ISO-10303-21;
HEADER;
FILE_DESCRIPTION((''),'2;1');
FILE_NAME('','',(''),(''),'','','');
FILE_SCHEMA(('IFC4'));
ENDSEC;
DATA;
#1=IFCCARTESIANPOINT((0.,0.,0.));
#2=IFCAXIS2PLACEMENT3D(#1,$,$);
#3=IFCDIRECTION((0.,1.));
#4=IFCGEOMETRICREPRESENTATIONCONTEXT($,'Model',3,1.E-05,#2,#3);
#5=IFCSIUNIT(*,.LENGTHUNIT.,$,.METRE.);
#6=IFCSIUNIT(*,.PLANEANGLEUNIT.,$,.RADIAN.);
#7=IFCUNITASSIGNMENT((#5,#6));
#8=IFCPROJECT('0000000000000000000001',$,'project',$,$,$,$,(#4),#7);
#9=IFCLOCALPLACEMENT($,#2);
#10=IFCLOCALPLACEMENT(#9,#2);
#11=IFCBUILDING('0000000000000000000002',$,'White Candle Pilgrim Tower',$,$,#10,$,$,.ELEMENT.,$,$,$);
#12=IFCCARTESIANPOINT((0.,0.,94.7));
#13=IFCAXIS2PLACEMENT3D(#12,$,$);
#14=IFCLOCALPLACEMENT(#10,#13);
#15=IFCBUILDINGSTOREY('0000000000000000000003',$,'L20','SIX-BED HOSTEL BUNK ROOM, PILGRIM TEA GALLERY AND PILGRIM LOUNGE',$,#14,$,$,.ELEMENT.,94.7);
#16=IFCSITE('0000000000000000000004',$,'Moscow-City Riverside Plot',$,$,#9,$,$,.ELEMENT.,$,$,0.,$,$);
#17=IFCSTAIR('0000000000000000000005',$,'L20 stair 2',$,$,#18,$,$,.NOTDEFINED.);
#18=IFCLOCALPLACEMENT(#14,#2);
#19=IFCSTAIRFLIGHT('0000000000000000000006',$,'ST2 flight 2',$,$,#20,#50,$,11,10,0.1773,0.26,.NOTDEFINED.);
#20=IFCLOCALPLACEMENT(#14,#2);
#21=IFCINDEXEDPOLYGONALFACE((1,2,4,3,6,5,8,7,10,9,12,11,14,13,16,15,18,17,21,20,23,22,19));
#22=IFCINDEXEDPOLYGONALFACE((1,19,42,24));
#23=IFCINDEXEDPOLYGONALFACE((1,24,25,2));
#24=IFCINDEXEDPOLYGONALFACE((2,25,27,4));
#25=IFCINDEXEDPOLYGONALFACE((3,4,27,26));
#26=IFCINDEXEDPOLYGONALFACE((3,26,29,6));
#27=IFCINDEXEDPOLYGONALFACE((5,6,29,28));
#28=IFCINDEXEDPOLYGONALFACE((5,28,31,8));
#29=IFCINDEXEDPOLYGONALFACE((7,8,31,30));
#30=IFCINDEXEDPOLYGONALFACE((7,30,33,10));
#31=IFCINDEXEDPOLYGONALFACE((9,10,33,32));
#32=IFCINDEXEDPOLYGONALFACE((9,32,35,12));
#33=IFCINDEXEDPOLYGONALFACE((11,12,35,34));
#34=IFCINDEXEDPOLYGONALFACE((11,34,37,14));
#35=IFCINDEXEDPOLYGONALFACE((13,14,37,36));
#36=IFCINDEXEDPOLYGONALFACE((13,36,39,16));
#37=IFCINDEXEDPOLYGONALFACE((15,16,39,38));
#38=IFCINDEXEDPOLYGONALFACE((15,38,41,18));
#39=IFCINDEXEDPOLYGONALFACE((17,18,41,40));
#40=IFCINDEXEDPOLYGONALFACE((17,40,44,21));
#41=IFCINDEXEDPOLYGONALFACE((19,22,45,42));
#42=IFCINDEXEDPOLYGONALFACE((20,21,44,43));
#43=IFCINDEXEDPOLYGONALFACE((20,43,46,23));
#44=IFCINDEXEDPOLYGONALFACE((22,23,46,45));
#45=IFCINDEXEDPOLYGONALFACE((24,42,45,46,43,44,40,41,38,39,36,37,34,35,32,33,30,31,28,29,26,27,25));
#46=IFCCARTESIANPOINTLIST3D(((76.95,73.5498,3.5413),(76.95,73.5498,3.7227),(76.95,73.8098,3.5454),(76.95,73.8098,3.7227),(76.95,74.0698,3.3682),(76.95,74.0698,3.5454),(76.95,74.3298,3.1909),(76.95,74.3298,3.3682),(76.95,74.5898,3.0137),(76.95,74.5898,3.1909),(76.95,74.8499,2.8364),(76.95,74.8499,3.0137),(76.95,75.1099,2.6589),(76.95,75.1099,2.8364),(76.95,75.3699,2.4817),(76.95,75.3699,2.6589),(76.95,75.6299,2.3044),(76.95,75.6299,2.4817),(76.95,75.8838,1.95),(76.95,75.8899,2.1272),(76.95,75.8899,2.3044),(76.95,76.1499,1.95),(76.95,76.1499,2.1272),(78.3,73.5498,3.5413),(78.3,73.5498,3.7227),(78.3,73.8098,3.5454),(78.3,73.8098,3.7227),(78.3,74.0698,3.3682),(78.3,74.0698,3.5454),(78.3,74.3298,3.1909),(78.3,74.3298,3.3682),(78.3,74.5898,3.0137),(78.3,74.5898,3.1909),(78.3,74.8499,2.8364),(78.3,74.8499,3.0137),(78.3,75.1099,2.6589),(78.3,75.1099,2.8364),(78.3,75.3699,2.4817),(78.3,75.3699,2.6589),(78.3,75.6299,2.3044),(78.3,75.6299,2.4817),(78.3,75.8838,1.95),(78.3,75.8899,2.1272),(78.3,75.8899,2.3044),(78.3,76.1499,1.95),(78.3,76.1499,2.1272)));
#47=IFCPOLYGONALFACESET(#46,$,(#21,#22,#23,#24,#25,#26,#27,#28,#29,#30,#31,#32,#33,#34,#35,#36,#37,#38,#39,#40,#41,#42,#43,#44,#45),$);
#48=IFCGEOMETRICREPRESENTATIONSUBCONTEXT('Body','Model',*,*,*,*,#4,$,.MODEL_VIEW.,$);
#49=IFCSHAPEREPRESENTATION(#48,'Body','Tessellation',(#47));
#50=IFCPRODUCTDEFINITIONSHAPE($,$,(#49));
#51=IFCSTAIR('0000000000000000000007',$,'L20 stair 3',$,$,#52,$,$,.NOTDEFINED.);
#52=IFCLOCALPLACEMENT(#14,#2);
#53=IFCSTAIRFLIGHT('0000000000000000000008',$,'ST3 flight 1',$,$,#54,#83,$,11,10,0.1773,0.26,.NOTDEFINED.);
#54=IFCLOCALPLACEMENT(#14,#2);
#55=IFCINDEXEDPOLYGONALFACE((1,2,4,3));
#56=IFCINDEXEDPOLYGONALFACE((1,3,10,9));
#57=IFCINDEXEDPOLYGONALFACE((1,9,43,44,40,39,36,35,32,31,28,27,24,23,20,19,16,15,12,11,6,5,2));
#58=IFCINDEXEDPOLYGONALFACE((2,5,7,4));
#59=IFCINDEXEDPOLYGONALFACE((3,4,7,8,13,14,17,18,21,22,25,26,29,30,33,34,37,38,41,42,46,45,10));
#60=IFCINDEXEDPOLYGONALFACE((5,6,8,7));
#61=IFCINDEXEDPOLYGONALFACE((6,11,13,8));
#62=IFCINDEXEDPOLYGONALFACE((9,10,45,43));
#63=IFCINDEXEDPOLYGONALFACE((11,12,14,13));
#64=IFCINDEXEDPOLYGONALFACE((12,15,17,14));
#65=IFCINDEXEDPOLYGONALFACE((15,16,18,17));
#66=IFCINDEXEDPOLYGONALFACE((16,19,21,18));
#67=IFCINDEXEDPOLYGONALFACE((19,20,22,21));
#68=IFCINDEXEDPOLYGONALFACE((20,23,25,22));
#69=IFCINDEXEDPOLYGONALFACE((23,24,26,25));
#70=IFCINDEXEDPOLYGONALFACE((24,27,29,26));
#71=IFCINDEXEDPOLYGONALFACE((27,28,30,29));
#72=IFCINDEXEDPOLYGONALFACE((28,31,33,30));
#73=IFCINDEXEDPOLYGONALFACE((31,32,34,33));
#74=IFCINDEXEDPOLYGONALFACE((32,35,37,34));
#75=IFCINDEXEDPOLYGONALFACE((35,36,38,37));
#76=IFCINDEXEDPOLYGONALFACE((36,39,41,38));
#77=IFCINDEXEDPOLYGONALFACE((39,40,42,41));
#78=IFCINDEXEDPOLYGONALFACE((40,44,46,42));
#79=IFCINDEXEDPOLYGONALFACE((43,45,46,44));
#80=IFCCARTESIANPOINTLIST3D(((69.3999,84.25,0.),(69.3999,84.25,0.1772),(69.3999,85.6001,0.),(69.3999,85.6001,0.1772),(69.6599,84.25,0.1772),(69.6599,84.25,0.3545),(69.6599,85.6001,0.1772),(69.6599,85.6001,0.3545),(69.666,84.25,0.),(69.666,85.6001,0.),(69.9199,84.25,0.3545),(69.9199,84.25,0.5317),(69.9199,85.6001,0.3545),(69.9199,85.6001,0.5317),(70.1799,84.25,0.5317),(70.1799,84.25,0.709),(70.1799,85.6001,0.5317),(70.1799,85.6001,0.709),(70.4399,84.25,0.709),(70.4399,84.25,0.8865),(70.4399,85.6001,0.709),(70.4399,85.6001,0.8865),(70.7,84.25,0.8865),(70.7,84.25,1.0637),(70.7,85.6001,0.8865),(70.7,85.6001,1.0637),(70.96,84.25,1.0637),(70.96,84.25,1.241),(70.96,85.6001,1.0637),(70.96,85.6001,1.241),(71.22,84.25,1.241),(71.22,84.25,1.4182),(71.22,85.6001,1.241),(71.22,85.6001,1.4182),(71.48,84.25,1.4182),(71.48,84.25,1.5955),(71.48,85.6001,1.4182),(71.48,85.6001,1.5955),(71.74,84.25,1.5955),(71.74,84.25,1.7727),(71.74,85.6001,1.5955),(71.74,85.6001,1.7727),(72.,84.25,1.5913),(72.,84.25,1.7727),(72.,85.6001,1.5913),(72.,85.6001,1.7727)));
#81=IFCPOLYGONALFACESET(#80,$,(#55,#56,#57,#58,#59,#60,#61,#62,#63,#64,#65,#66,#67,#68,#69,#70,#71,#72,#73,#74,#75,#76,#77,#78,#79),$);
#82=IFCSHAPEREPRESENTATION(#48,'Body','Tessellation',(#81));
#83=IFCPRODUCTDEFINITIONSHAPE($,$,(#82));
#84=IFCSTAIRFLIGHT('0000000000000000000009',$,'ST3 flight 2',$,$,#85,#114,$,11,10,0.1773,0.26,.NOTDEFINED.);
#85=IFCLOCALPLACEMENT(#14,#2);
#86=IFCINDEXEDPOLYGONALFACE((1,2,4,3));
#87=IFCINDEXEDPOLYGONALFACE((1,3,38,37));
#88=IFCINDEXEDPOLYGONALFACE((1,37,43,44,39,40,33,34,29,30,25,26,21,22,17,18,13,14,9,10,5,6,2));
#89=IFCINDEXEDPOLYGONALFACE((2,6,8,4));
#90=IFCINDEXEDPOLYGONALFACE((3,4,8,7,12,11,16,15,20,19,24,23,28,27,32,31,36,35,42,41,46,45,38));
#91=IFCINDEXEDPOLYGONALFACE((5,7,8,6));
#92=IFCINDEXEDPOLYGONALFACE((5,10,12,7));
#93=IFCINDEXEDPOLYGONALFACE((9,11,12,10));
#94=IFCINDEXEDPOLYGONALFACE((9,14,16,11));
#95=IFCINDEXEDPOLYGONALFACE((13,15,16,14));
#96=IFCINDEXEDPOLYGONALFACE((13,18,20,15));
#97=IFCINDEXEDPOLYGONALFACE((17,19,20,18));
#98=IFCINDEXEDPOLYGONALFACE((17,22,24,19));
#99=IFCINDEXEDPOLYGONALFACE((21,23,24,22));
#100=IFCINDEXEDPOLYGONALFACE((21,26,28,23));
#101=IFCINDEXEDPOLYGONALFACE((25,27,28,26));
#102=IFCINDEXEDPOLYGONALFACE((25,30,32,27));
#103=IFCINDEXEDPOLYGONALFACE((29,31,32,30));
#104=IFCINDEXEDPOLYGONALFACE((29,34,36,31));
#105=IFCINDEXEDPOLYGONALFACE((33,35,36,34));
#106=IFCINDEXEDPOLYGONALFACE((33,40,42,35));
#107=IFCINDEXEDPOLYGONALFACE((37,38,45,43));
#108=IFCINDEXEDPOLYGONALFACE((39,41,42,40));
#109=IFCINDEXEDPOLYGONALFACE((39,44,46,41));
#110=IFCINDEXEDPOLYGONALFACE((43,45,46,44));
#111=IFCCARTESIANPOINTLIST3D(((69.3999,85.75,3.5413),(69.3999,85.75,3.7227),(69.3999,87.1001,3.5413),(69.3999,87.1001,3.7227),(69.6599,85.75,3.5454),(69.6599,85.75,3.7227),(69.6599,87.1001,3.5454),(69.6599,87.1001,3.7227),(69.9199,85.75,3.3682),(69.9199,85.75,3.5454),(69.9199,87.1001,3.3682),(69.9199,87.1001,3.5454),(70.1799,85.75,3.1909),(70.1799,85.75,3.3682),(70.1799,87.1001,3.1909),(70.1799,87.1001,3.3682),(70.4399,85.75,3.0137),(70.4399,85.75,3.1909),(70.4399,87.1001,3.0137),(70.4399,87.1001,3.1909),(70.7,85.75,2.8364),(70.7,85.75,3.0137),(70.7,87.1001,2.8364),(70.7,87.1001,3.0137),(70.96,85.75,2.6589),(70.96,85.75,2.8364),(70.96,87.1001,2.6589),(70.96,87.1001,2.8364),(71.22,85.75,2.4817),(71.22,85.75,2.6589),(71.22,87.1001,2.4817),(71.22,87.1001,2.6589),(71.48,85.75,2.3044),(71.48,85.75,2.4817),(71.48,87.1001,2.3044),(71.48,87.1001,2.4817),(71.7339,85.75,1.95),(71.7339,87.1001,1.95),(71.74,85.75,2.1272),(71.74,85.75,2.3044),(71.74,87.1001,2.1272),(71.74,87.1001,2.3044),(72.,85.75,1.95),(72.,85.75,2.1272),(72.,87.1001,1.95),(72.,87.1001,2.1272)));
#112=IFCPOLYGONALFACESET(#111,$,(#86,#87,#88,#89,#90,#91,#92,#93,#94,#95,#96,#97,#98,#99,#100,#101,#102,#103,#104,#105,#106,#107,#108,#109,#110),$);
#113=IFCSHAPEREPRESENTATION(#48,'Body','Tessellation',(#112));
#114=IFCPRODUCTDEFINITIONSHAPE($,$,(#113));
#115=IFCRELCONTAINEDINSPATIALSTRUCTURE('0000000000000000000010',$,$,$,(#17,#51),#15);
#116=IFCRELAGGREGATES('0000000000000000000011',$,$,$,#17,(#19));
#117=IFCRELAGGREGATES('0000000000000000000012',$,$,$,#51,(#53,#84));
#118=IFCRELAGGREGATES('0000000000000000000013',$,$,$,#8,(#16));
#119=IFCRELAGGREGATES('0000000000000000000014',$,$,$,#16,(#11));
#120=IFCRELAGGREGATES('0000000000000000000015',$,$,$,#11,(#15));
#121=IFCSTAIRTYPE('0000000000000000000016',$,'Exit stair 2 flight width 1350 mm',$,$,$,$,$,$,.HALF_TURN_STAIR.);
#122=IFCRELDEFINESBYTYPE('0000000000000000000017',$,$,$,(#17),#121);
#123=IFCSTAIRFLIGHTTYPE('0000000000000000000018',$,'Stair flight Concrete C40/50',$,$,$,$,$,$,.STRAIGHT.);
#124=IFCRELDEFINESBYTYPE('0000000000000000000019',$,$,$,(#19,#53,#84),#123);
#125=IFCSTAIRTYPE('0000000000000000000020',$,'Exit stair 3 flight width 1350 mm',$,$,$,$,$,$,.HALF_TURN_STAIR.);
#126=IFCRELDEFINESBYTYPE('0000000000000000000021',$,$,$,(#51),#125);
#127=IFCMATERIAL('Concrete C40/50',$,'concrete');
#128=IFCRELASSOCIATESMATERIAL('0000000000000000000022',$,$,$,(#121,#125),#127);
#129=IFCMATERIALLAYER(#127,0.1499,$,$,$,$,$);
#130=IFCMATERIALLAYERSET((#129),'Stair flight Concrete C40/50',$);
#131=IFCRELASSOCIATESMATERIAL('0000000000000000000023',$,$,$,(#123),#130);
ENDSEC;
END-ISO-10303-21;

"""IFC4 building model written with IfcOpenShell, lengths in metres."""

from ifc_helpers import new_model, si_unit, direction, frame, origin, place, context, subcontext, project, spatial, polyline, outline, extrude, material, layer, layer_set, type_object, element, aggregate, save


model = new_model("IFC4")

# Units and contexts
model_context = context("Model", 3, precision=1e-05, world=origin(), true_north=direction((0.0, 1.0)))
body_context = subcontext(model_context, "Body", "Model", "MODEL_VIEW")
ifc_project = project(units=[si_unit("LENGTHUNIT", "METRE"), si_unit("PLANEANGLEUNIT", "RADIAN")], contexts=[model_context])

# Site, building, storey
site_placement = place(None, origin())
site = spatial("IfcSite", under=ifc_project, at=site_placement, Name="Moscow-City Riverside Plot", CompositionType="ELEMENT", RefElevation=0.0)
building_placement = place(site_placement, origin())
building = spatial("IfcBuilding", under=site, at=building_placement, Name="White Candle Pilgrim Tower", CompositionType="ELEMENT")
storey_placement = place(building_placement, frame((0.0, 0.0, 94.7)))
storey = spatial("IfcBuildingStorey", under=building, at=storey_placement, Name="L20", Description="SIX-BED HOSTEL BUNK ROOM, PILGRIM TEA GALLERY AND PILGRIM LOUNGE", CompositionType="ELEMENT", Elevation=94.7)

# Stair, stair flight
ifc_material_1 = material(Name="Concrete C40/50", Category="concrete")
stair_type_1 = type_object("IfcStairType", Name="Exit stair 2 flight width 1350 mm", PredefinedType="HALF_TURN_STAIR", material=ifc_material_1)
stair_1_placement = place(storey_placement, origin())
stair_1 = element("IfcStair", 1, at=stair_1_placement, inside=storey, type_object=stair_type_1, Name="L20 stair 2", PredefinedType="NOTDEFINED")
ifc_layer_1 = layer(ifc_material_1, 0.1499)
ifc_layer_set_1 = layer_set([ifc_layer_1], Name="Stair flight Concrete C40/50")
stair_flight_type = type_object("IfcStairFlightType", Name="Stair flight Concrete C40/50", PredefinedType="STRAIGHT", material=ifc_layer_set_1)
stair_flight_1_placement = place(storey_placement, frame((77.625, 76.1499, 1.95), z_axis=(0.0, 0.0, 1.0), x_axis=(0.0, -1.0, 0.0)))
stair_flight_1 = element("IfcStairFlight", 2, at=stair_flight_1_placement, type_object=stair_flight_type, Name="ST2 flight 2", NumberOfRisers=11, NumberOfTreads=10, PredefinedType="NOTDEFINED", RiserHeight=0.1773, TreadLength=0.26, context=body_context, shape_type="SweptSolid", body=[
    extrude(outline(polyline([(0.0, 0.0), (0.0, 0.1772), (0.26, 0.1772), (0.26, 0.3545), (0.52, 0.3545), (0.52, 0.5317), (0.78, 0.5317), (0.78, 0.709), (1.04, 0.709), (1.04, 0.8865), (1.3, 0.8865), (1.3, 1.0637), (1.5601, 1.0637), (1.5601, 1.241), (1.8201, 1.241), (1.8201, 1.4182), (2.0801, 1.4182), (2.0801, 1.5955), (2.3401, 1.5955), (2.3401, 1.7727), (2.6001, 1.7727), (2.6001, 1.95), (2.6001, 1.5913), (0.2661, 0.0), (0.0, 0.0)])), frame((0.0, 0.675, 0.0), z_axis=(0.0, -1.0, 0.0), x_axis=(1.0, 0.0, 0.0)), (0.0, 0.0, 1.0), 1.3501),
])
aggregate(stair_1, [stair_flight_1])

# Stair, stair flights
stair_type_2 = type_object("IfcStairType", Name="Exit stair 3 flight width 1350 mm", PredefinedType="HALF_TURN_STAIR", material=ifc_material_1)
stair_2_placement = place(storey_placement, origin())
stair_2 = element("IfcStair", 3, at=stair_2_placement, inside=storey, type_object=stair_type_2, Name="L20 stair 3", PredefinedType="NOTDEFINED")
stair_flight_2_placement = place(storey_placement, frame((69.3999, 84.925, 0.0), z_axis=(0.0, 0.0, 1.0), x_axis=(1.0, 0.0, 0.0)))
stair_flight_2 = element("IfcStairFlight", 4, at=stair_flight_2_placement, type_object=stair_flight_type, Name="ST3 flight 1", NumberOfRisers=11, NumberOfTreads=10, PredefinedType="NOTDEFINED", RiserHeight=0.1773, TreadLength=0.26, context=body_context, shape_type="SweptSolid", body=[
    extrude(outline(polyline([(0.0, 0.0), (0.0, 0.1772), (0.26, 0.1772), (0.26, 0.3545), (0.52, 0.3545), (0.52, 0.5317), (0.78, 0.5317), (0.78, 0.709), (1.04, 0.709), (1.04, 0.8865), (1.3, 0.8865), (1.3, 1.0637), (1.5601, 1.0637), (1.5601, 1.241), (1.8201, 1.241), (1.8201, 1.4182), (2.0801, 1.4182), (2.0801, 1.5955), (2.3401, 1.5955), (2.3401, 1.7727), (2.6001, 1.7727), (2.6001, 1.95), (2.6001, 1.5913), (0.2661, 0.0), (0.0, 0.0)])), frame((0.0, 0.675, 0.0), z_axis=(0.0, -1.0, 0.0), x_axis=(1.0, 0.0, 0.0)), (0.0, 0.0, 1.0), 1.3501),
])
stair_flight_3_placement = place(storey_placement, frame((72.0, 86.425, 1.95), z_axis=(0.0, 0.0, 1.0), x_axis=(-1.0, 0.0, 0.0)))
stair_flight_3 = element("IfcStairFlight", 5, at=stair_flight_3_placement, type_object=stair_flight_type, Name="ST3 flight 2", NumberOfRisers=11, NumberOfTreads=10, PredefinedType="NOTDEFINED", RiserHeight=0.1773, TreadLength=0.26, context=body_context, shape_type="SweptSolid", body=[
    extrude(outline(polyline([(0.0, 0.0), (0.0, 0.1772), (0.26, 0.1772), (0.26, 0.3545), (0.52, 0.3545), (0.52, 0.5317), (0.78, 0.5317), (0.78, 0.709), (1.04, 0.709), (1.04, 0.8865), (1.3, 0.8865), (1.3, 1.0637), (1.5601, 1.0637), (1.5601, 1.241), (1.8201, 1.241), (1.8201, 1.4182), (2.0801, 1.4182), (2.0801, 1.5955), (2.3401, 1.5955), (2.3401, 1.7727), (2.6001, 1.7727), (2.6001, 1.95), (2.6001, 1.5913), (0.2661, 0.0), (0.0, 0.0)])), frame((0.0, 0.675, 0.0), z_axis=(0.0, -1.0, 0.0), x_axis=(1.0, 0.0, 0.0)), (0.0, 0.0, 1.0), 1.3501),
])
aggregate(stair_2, [stair_flight_2, stair_flight_3])

save(model, "model.ifc")
